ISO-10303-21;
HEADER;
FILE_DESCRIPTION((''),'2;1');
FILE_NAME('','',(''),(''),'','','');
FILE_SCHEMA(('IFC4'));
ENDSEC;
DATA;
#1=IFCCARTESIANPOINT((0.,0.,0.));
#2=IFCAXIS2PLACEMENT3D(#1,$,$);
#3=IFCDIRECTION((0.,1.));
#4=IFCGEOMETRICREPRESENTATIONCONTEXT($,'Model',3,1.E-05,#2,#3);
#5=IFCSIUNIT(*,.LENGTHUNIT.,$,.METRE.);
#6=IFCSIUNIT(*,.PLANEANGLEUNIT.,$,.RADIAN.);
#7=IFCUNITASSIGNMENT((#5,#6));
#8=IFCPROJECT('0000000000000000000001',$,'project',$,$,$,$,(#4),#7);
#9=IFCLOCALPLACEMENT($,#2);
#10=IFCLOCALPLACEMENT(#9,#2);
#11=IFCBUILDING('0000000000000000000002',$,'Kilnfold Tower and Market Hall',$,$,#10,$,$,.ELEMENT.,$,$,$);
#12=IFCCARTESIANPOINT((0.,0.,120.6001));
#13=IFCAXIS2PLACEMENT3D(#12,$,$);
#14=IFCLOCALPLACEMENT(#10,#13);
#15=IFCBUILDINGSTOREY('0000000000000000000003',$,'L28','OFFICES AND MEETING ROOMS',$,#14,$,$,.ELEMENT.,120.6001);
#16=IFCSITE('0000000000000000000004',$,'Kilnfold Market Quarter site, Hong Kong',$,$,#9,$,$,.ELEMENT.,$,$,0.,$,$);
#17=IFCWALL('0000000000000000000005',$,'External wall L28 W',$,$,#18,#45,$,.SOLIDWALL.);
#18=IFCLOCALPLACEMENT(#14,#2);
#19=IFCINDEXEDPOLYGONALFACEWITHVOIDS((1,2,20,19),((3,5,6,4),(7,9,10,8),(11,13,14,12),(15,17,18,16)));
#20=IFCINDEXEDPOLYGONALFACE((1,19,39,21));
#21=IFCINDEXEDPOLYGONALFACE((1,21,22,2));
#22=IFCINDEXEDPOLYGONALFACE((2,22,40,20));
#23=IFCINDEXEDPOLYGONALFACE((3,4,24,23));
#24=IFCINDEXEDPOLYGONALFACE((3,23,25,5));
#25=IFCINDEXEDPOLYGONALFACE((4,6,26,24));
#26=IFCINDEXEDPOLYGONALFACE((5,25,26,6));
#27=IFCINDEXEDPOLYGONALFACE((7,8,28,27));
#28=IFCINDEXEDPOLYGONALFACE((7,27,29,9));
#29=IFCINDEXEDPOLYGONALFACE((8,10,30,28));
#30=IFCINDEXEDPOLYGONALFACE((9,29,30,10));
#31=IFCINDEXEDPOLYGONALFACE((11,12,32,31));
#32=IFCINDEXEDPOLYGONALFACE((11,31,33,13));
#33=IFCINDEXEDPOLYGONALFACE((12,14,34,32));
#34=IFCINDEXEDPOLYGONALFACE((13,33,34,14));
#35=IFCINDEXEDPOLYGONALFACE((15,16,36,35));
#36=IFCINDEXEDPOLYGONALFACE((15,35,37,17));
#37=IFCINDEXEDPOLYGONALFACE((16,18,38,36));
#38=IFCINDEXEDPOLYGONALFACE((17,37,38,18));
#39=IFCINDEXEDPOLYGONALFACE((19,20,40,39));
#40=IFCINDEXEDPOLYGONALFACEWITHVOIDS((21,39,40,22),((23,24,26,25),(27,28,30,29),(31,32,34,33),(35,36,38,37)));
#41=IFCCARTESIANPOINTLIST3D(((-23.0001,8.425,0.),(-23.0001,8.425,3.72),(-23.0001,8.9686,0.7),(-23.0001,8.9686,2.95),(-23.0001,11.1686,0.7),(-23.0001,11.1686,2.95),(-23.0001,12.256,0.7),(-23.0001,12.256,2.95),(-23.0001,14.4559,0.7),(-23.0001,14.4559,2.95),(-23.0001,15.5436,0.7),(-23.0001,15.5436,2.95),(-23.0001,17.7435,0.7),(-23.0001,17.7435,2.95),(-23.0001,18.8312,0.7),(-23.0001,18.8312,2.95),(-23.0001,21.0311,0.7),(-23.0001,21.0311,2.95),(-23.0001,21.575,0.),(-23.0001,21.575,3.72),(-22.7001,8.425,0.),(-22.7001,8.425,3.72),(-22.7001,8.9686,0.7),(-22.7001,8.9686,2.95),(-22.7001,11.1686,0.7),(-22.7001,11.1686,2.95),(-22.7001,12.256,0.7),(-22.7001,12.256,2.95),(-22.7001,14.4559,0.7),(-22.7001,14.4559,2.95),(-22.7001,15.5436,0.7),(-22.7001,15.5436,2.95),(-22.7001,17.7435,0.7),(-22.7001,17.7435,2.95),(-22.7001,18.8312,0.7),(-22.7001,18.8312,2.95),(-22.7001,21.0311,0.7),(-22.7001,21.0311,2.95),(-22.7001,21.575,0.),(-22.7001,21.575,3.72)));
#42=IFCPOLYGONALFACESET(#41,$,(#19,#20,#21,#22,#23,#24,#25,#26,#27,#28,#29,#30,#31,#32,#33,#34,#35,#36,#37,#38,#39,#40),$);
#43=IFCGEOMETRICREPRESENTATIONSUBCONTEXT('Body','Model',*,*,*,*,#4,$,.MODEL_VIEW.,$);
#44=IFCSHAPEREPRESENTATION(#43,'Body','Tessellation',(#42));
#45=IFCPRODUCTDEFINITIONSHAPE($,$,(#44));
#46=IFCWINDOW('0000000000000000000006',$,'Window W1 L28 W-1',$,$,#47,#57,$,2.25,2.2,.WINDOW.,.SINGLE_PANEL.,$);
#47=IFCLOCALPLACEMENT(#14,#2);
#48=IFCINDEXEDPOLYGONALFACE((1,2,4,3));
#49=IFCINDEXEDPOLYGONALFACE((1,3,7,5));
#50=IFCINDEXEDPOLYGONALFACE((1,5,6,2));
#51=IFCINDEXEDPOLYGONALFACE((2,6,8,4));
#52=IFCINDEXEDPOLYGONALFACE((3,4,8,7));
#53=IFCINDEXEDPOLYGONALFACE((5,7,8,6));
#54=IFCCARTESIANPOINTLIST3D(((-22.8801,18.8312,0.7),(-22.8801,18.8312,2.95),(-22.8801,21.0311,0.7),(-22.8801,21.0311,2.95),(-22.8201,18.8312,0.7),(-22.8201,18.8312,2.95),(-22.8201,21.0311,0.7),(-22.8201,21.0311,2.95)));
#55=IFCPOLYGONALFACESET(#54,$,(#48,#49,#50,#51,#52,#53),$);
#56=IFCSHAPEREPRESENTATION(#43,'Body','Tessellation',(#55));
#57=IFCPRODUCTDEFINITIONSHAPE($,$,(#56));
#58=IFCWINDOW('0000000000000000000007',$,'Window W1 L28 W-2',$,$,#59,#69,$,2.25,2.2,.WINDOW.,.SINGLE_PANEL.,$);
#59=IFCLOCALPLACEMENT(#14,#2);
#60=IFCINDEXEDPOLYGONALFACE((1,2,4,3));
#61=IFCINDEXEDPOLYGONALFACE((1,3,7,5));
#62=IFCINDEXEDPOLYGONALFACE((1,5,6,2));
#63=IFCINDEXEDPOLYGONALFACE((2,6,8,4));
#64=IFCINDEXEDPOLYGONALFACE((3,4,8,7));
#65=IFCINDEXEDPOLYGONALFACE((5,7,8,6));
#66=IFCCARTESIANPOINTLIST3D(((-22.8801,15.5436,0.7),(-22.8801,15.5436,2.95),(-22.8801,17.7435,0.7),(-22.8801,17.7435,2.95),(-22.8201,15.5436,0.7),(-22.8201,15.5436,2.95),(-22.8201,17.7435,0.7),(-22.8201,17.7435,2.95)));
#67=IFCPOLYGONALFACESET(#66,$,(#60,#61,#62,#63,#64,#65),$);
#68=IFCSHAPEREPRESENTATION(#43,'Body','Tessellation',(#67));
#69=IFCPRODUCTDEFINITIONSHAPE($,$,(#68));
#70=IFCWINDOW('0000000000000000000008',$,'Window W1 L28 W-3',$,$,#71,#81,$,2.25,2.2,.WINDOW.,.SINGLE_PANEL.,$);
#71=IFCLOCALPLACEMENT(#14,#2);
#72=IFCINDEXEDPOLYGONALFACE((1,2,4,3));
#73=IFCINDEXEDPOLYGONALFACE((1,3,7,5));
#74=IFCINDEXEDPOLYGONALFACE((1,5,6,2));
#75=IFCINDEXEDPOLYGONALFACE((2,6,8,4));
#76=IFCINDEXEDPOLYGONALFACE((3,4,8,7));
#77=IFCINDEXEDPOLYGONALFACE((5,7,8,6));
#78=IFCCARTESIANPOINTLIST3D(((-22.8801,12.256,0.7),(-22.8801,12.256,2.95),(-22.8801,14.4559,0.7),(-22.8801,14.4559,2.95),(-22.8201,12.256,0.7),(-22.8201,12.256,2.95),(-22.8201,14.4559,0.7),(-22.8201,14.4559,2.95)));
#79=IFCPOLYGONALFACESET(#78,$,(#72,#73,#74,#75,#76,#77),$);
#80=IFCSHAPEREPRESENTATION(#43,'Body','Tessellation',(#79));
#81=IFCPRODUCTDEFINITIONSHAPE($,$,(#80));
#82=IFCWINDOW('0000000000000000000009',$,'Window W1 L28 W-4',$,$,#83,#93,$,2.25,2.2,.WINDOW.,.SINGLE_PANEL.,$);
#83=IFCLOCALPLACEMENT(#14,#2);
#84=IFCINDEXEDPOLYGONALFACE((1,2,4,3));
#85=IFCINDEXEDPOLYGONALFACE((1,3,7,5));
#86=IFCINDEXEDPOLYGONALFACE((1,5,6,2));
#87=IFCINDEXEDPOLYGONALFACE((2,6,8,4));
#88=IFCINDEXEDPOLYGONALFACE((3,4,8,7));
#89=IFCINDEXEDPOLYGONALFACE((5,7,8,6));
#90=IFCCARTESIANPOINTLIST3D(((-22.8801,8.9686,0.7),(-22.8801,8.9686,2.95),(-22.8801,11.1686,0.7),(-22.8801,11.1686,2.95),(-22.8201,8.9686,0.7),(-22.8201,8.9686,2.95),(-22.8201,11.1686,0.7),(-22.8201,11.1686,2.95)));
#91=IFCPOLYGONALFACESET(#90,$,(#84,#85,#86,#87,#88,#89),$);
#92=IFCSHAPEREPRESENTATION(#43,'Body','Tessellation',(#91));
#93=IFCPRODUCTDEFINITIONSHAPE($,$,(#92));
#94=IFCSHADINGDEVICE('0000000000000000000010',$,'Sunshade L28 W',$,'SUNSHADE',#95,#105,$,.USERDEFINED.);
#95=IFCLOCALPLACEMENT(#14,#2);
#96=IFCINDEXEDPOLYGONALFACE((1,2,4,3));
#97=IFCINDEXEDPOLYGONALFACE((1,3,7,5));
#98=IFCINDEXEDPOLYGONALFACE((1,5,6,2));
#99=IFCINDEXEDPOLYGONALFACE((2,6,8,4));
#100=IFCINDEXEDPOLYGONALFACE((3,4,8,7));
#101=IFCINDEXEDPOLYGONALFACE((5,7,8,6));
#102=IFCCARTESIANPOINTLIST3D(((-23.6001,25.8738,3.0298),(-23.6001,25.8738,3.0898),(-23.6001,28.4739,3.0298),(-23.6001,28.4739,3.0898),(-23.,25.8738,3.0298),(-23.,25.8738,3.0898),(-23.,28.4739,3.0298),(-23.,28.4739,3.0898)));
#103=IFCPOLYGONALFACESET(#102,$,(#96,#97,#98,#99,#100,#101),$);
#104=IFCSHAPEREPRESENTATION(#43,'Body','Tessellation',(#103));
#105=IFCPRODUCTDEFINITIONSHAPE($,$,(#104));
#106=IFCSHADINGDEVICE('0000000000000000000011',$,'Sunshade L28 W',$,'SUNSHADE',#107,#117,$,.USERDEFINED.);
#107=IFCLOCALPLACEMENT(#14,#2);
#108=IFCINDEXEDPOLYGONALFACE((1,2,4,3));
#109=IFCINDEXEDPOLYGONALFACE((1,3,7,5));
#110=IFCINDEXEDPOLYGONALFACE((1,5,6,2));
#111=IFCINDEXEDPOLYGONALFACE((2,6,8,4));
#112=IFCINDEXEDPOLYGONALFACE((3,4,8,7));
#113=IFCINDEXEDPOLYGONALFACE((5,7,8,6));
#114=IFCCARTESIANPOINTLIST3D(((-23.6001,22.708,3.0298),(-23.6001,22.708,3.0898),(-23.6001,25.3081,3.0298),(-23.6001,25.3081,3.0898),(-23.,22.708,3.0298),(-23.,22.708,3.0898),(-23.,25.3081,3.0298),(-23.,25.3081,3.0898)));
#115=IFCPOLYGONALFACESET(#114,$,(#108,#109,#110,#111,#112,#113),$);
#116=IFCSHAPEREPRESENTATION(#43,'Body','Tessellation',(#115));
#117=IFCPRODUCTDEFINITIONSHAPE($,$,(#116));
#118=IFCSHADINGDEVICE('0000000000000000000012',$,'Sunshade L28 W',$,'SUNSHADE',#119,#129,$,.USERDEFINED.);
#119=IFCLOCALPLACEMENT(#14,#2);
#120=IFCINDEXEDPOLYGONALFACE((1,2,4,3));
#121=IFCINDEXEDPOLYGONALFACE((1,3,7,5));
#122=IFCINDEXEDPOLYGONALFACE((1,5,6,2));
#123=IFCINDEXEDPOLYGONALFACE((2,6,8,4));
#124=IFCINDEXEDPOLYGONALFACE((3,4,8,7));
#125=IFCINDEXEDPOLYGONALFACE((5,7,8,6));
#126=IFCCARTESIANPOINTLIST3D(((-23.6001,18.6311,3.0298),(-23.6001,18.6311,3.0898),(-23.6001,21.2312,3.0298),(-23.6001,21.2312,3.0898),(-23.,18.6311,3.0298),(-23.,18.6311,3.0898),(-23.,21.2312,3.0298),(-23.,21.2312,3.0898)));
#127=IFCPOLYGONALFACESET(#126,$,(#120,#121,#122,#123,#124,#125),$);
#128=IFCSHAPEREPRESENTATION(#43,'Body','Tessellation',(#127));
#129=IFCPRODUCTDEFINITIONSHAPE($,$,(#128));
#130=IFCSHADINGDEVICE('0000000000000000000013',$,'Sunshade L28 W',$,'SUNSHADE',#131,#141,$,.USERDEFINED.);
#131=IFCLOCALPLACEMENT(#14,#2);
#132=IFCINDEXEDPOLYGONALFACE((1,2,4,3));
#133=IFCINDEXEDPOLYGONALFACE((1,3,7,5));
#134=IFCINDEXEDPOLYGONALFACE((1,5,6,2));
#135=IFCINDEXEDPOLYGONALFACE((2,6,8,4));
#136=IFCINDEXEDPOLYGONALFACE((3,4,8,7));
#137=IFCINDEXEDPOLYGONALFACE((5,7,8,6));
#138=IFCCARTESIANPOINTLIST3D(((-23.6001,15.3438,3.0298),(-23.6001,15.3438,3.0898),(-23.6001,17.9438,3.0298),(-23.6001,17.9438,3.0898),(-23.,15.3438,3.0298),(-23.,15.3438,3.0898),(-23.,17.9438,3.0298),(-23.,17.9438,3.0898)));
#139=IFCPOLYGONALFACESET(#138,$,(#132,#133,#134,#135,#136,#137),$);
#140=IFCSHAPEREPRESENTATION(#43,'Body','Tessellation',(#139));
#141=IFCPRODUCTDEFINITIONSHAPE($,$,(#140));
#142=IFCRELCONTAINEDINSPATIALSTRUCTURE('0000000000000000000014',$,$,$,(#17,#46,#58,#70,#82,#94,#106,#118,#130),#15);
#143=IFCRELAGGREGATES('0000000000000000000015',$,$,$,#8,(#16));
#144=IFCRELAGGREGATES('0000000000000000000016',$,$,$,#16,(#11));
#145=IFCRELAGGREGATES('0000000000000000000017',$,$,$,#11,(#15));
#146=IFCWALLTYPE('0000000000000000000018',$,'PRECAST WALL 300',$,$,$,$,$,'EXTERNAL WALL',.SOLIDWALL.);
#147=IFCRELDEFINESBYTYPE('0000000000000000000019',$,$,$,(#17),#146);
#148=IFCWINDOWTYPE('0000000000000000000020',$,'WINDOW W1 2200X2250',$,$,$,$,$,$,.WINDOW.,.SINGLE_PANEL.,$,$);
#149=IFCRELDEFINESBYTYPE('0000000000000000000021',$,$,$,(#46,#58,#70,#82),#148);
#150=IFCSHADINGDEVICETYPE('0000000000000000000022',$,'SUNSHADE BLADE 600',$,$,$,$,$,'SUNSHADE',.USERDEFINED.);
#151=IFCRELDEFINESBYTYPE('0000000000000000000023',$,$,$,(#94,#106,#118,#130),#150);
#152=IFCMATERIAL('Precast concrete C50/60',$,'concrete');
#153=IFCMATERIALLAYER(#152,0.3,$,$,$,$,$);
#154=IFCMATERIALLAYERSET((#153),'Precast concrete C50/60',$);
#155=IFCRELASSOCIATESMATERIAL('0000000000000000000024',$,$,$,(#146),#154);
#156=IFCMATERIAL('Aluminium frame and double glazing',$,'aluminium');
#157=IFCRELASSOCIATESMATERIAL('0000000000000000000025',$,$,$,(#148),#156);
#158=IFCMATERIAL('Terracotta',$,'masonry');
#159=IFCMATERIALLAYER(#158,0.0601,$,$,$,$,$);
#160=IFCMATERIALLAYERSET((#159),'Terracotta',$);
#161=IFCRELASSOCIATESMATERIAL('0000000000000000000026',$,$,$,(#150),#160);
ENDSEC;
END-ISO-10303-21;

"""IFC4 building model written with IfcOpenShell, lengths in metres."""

from ifc_helpers import new_model, si_unit, direction, frame, frame_2d, origin, origin_2d, place, context, subcontext, project, spatial, rectangle, extrude, source, transform, mapped, material, layer, layer_set, type_object, element, fill, save


model = new_model("IFC4")

# Units and contexts
model_context = context("Model", 3, precision=1e-05, world=origin(), true_north=direction((0.0, 1.0)))
body_context = subcontext(model_context, "Body", "Model", "MODEL_VIEW")
ifc_project = project(units=[si_unit("LENGTHUNIT", "METRE"), si_unit("PLANEANGLEUNIT", "RADIAN")], contexts=[model_context])

# Site, building, storey
site_placement = place(None, origin())
site = spatial("IfcSite", under=ifc_project, at=site_placement, Name="Kilnfold Market Quarter site, Hong Kong", CompositionType="ELEMENT", RefElevation=0.0)
building_placement = place(site_placement, origin())
building = spatial("IfcBuilding", under=site, at=building_placement, Name="Kilnfold Tower and Market Hall", CompositionType="ELEMENT")
storey_placement = place(building_placement, frame((0.0, 0.0, 120.6001)))
storey = spatial("IfcBuildingStorey", under=building, at=storey_placement, Name="L28", Description="OFFICES AND MEETING ROOMS", CompositionType="ELEMENT", Elevation=120.6001)

# Shared definitions
ifc_material_1 = material(Name="Precast concrete C50/60", Category="concrete")
ifc_layer_1 = layer(ifc_material_1, 0.3)
ifc_layer_set_1 = layer_set([ifc_layer_1], Name="Precast concrete C50/60")
wall_type_1 = type_object("IfcWallType", Name="PRECAST WALL 300", ElementType="EXTERNAL WALL", PredefinedType="SOLIDWALL", material=ifc_layer_set_1)
ifc_material_2 = material(Name="Aluminium frame and double glazing", Category="aluminium")
window_type = type_object("IfcWindowType", Name="WINDOW W1 2200X2250", PartitioningType="SINGLE_PANEL", PredefinedType="WINDOW", material=ifc_material_2)

# Wall, openings, windows
shared_shape_1 = source(origin(), body_context, "Body", "SweptSolid", [
    extrude(rectangle(XDim=13.1499, YDim=0.3, at=frame_2d((6.575, 0.0))), origin(), (0.0, 0.0, 1.0), 3.72),
])
wall_1_placement = place(storey_placement, frame((-22.8501, 21.575, 0.0), z_axis=(0.0, 0.0, 1.0), x_axis=(0.0, -1.0, 0.0)))
wall_1 = element("IfcWall", 1, at=wall_1_placement, inside=storey, type_object=wall_type_1, Name="External wall L28 W", PredefinedType="SOLIDWALL", context=body_context, shape_type="MappedRepresentation", body=[
    mapped(shared_shape_1, transform((0.0, 0.0, 0.0))),
])
opening_1_placement = place(wall_1_placement, frame((0.5437, 0.0, 0.7)))
opening_1 = element("IfcOpeningElement", 2, at=opening_1_placement, cuts=wall_1, PredefinedType="OPENING", context=body_context, shape_type="SweptSolid", body=[
    extrude(rectangle(XDim=2.2, YDim=2.25, at=frame_2d((1.1001, 1.125))), frame((0.0, 0.1602, 0.0), z_axis=(0.0, -1.0, 0.0), x_axis=(1.0, 0.0, 0.0)), (0.0, 0.0, 1.0), 0.3201),
])
opening_2_placement = place(wall_1_placement, frame((3.8313, 0.0, 0.7)))
opening_2 = element("IfcOpeningElement", 3, at=opening_2_placement, cuts=wall_1, PredefinedType="OPENING", context=body_context, shape_type="SweptSolid", body=[
    extrude(rectangle(XDim=2.2, YDim=2.25, at=frame_2d((1.1001, 1.125))), frame((0.0, 0.1602, 0.0), z_axis=(0.0, -1.0, 0.0), x_axis=(1.0, 0.0, 0.0)), (0.0, 0.0, 1.0), 0.3201),
])
opening_3_placement = place(wall_1_placement, frame((7.1189, 0.0, 0.7)))
opening_3 = element("IfcOpeningElement", 4, at=opening_3_placement, cuts=wall_1, PredefinedType="OPENING", context=body_context, shape_type="SweptSolid", body=[
    extrude(rectangle(XDim=2.2, YDim=2.25, at=frame_2d((1.1001, 1.125))), frame((0.0, 0.1602, 0.0), z_axis=(0.0, -1.0, 0.0), x_axis=(1.0, 0.0, 0.0)), (0.0, 0.0, 1.0), 0.3201),
])
opening_4_placement = place(wall_1_placement, frame((10.4062, 0.0, 0.7)))
opening_4 = element("IfcOpeningElement", 5, at=opening_4_placement, cuts=wall_1, PredefinedType="OPENING", context=body_context, shape_type="SweptSolid", body=[
    extrude(rectangle(XDim=2.2, YDim=2.25, at=frame_2d((1.1001, 1.125))), frame((0.0, 0.1602, 0.0), z_axis=(0.0, -1.0, 0.0), x_axis=(1.0, 0.0, 0.0)), (0.0, 0.0, 1.0), 0.3201),
])
window_1_placement = place(opening_1_placement, origin())
window_1 = element("IfcWindow", 6, at=window_1_placement, inside=storey, type_object=window_type, Name="Window W1 L28 W-1", OverallHeight=2.25, OverallWidth=2.2, PartitioningType="SINGLE_PANEL", PredefinedType="WINDOW", context=body_context, shape_type="SweptSolid", body=[
    extrude(rectangle(XDim=2.2, YDim=2.25, at=frame_2d((1.1001, 1.125))), frame((0.0, 0.03, 0.0), z_axis=(0.0, -1.0, 0.0), x_axis=(1.0, 0.0, 0.0)), (0.0, 0.0, 1.0), 0.0601),
])
fill(opening_1, window_1)
window_2_placement = place(opening_2_placement, origin())
window_2 = element("IfcWindow", 7, at=window_2_placement, inside=storey, type_object=window_type, Name="Window W1 L28 W-2", OverallHeight=2.25, OverallWidth=2.2, PartitioningType="SINGLE_PANEL", PredefinedType="WINDOW", context=body_context, shape_type="SweptSolid", body=[
    extrude(rectangle(XDim=2.2, YDim=2.25, at=frame_2d((1.1001, 1.125))), frame((0.0, 0.03, 0.0), z_axis=(0.0, -1.0, 0.0), x_axis=(1.0, 0.0, 0.0)), (0.0, 0.0, 1.0), 0.0601),
])
fill(opening_2, window_2)
window_3_placement = place(opening_3_placement, origin())
window_3 = element("IfcWindow", 8, at=window_3_placement, inside=storey, type_object=window_type, Name="Window W1 L28 W-3", OverallHeight=2.25, OverallWidth=2.2, PartitioningType="SINGLE_PANEL", PredefinedType="WINDOW", context=body_context, shape_type="SweptSolid", body=[
    extrude(rectangle(XDim=2.2, YDim=2.25, at=frame_2d((1.1001, 1.125))), frame((0.0, 0.03, 0.0), z_axis=(0.0, -1.0, 0.0), x_axis=(1.0, 0.0, 0.0)), (0.0, 0.0, 1.0), 0.0601),
])
fill(opening_3, window_3)
window_4_placement = place(opening_4_placement, origin())
window_4 = element("IfcWindow", 9, at=window_4_placement, inside=storey, type_object=window_type, Name="Window W1 L28 W-4", OverallHeight=2.25, OverallWidth=2.2, PartitioningType="SINGLE_PANEL", PredefinedType="WINDOW", context=body_context, shape_type="SweptSolid", body=[
    extrude(rectangle(XDim=2.2, YDim=2.25, at=frame_2d((1.1001, 1.125))), frame((0.0, 0.03, 0.0), z_axis=(0.0, -1.0, 0.0), x_axis=(1.0, 0.0, 0.0)), (0.0, 0.0, 1.0), 0.0601),
])
fill(opening_4, window_4)

# Shading devices
ifc_material_3 = material(Name="Terracotta", Category="masonry")
ifc_layer_2 = layer(ifc_material_3, 0.0601)
ifc_layer_set_2 = layer_set([ifc_layer_2], Name="Terracotta")
shading_device_type = type_object("IfcShadingDeviceType", Name="SUNSHADE BLADE 600", ElementType="SUNSHADE", PredefinedType="USERDEFINED", material=ifc_layer_set_2)
shared_shape_2 = source(origin(), body_context, "Body", "SweptSolid", [
    extrude(rectangle(XDim=2.6001, YDim=0.6001, at=origin_2d()), origin(), (0.0, 0.0, 1.0), 0.0601),
])
for number, where, z_axis, x_axis, name in (
    (10, (-23.3, 27.1738, 3.0298), (0.0, 0.0, 1.0), (0.0, -1.0, 0.0), "Sunshade L28 W"),
    (11, (-23.3, 24.0081, 3.0298), (0.0, 0.0, 1.0), (0.0, -1.0, 0.0), "Sunshade L28 W"),
    (12, (-23.3, 19.9312, 3.0298), (0.0, 0.0, 1.0), (0.0, -1.0, 0.0), "Sunshade L28 W"),
    (13, (-23.3, 16.6438, 3.0298), (0.0, 0.0, 1.0), (0.0, -1.0, 0.0), "Sunshade L28 W"),
):
    element("IfcShadingDevice", number, at=place(storey_placement, frame(where, z_axis=z_axis, x_axis=x_axis)), inside=storey, type_object=shading_device_type, Name=name, ObjectType="SUNSHADE", PredefinedType="USERDEFINED", context=body_context, shape_type="MappedRepresentation", body=[
        mapped(shared_shape_2, transform((0.0, 0.0, 0.0))),
    ])

save(model, "model.ifc")
